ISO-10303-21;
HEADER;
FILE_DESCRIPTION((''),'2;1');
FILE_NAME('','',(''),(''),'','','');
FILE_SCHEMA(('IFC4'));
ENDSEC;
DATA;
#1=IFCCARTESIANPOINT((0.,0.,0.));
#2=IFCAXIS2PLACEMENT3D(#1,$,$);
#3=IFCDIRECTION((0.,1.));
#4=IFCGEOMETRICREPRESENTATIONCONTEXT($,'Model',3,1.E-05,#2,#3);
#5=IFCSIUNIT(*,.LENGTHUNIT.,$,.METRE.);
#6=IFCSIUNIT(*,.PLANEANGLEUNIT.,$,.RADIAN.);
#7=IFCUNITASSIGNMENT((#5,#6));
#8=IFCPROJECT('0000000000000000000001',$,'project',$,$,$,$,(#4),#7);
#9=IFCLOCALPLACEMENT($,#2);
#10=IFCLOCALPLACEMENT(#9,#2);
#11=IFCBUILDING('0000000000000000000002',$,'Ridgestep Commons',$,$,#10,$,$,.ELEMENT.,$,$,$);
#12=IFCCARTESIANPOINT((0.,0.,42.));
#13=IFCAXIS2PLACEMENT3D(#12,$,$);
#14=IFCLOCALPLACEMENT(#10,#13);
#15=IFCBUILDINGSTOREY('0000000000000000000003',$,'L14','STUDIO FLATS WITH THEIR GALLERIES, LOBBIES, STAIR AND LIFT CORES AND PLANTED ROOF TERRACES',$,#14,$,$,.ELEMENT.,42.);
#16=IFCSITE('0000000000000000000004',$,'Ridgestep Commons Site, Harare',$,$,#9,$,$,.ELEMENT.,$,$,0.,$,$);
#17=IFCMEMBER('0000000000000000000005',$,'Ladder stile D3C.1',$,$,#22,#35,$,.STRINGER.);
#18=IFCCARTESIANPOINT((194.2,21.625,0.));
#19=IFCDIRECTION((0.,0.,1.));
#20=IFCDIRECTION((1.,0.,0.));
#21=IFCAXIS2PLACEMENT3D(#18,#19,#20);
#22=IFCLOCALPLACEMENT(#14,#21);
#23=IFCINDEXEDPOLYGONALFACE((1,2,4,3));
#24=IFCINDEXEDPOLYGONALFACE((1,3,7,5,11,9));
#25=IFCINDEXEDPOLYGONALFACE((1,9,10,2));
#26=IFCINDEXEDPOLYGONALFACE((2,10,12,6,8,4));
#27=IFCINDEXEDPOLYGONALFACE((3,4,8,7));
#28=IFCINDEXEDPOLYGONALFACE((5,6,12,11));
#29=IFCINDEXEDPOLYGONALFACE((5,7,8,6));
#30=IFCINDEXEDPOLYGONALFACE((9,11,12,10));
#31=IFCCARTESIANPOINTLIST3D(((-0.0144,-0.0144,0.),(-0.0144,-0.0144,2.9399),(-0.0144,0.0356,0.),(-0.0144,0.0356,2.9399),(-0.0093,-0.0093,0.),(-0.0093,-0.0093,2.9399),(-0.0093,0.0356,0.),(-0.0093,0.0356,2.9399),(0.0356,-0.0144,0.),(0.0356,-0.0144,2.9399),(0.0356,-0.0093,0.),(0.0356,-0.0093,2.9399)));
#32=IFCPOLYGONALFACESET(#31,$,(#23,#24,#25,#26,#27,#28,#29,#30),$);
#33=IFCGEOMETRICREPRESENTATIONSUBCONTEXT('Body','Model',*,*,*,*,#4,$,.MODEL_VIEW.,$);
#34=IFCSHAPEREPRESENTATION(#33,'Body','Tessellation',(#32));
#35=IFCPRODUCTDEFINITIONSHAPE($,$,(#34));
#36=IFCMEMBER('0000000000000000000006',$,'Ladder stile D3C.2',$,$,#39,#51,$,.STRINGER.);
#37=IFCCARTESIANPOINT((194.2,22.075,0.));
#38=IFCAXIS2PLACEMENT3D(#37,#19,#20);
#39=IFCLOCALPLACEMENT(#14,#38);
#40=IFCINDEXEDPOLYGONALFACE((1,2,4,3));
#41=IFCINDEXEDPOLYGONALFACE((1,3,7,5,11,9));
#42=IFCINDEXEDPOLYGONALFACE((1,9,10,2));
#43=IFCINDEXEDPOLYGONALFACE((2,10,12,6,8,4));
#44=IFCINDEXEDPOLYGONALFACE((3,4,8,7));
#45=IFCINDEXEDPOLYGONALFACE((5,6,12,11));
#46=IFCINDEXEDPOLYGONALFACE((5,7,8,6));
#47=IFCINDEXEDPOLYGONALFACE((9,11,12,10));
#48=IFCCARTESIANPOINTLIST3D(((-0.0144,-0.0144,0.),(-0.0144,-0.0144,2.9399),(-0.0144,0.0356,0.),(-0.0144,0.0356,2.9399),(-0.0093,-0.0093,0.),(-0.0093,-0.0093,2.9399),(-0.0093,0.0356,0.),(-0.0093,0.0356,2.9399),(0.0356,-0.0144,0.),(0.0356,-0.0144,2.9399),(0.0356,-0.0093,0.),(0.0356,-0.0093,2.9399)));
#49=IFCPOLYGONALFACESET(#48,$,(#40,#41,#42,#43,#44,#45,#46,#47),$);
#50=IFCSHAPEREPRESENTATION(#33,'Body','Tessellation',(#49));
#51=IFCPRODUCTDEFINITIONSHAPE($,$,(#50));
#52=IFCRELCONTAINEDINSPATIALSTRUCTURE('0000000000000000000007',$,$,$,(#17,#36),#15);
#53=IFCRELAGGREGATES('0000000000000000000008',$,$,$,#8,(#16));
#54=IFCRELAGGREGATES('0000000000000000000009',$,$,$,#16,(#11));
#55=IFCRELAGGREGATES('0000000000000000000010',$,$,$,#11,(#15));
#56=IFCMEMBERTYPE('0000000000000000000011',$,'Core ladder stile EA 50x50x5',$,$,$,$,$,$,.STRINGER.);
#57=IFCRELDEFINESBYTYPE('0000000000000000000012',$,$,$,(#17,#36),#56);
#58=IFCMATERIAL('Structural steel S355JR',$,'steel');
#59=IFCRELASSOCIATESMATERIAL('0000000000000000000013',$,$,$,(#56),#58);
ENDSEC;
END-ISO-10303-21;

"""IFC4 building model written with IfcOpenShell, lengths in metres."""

from ifc_helpers import new_model, si_unit, direction, frame, origin, place, context, subcontext, project, spatial, polyline, outline, extrude, material, material_profile, profile_set, type_object, element, save


model = new_model("IFC4")

# Units and contexts
model_context = context("Model", 3, precision=1e-05, world=origin(), true_north=direction((0.0, 1.0)))
body_context = subcontext(model_context, "Body", "Model", "MODEL_VIEW")
ifc_project = project(units=[si_unit("LENGTHUNIT", "METRE"), si_unit("PLANEANGLEUNIT", "RADIAN")], contexts=[model_context])

# Site, building, storey
site_placement = place(None, origin())
site = spatial("IfcSite", under=ifc_project, at=site_placement, Name="Ridgestep Commons Site, Harare", CompositionType="ELEMENT", RefElevation=0.0)
building_placement = place(site_placement, origin())
building = spatial("IfcBuilding", under=site, at=building_placement, Name="Ridgestep Commons", CompositionType="ELEMENT")
storey_placement = place(building_placement, frame((0.0, 0.0, 42.0)))
storey = spatial("IfcBuildingStorey", under=building, at=storey_placement, Name="L14", Description="STUDIO FLATS WITH THEIR GALLERIES, LOBBIES, STAIR AND LIFT CORES AND PLANTED ROOF TERRACES", CompositionType="ELEMENT", Elevation=42.0)

# Members
ifc_material_1 = material(Name="Structural steel S355JR", Category="steel")
ifc_material_profile_1 = material_profile(ifc_material_1, outline(polyline([(-0.0144, -0.0144), (0.0356, -0.0144), (0.0356, -0.0093), (-0.0093, -0.0093), (-0.0093, 0.0356), (-0.0144, 0.0356), (-0.0144, -0.0144)])), Name="EA 50x50x5")
ifc_profile_set_1 = profile_set([ifc_material_profile_1], Name="Structural steel S355JR")
member_type_1 = type_object("IfcMemberType", Name="Core ladder stile EA 50x50x5", PredefinedType="STRINGER", material=ifc_profile_set_1)
for number, where, z_axis, x_axis, name in (
    (1, (194.2, 21.625, 0.0), (0.0, 0.0, 1.0), (1.0, 0.0, 0.0), "Ladder stile D3C.1"),
    (2, (194.2, 22.075, 0.0), (0.0, 0.0, 1.0), (1.0, 0.0, 0.0), "Ladder stile D3C.2"),
):
    element("IfcMember", number, at=place(storey_placement, frame(where, z_axis=z_axis, x_axis=x_axis)), inside=storey, type_object=member_type_1, Name=name, PredefinedType="STRINGER", context=body_context, shape_type="SweptSolid", body=[
        extrude(outline(polyline([(-0.0144, -0.0144), (0.0356, -0.0144), (0.0356, -0.0093), (-0.0093, -0.0093), (-0.0093, 0.0356), (-0.0144, 0.0356), (-0.0144, -0.0144)])), origin(), (0.0, 0.0, 1.0), 2.9399),
    ])

save(model, "model.ifc")
